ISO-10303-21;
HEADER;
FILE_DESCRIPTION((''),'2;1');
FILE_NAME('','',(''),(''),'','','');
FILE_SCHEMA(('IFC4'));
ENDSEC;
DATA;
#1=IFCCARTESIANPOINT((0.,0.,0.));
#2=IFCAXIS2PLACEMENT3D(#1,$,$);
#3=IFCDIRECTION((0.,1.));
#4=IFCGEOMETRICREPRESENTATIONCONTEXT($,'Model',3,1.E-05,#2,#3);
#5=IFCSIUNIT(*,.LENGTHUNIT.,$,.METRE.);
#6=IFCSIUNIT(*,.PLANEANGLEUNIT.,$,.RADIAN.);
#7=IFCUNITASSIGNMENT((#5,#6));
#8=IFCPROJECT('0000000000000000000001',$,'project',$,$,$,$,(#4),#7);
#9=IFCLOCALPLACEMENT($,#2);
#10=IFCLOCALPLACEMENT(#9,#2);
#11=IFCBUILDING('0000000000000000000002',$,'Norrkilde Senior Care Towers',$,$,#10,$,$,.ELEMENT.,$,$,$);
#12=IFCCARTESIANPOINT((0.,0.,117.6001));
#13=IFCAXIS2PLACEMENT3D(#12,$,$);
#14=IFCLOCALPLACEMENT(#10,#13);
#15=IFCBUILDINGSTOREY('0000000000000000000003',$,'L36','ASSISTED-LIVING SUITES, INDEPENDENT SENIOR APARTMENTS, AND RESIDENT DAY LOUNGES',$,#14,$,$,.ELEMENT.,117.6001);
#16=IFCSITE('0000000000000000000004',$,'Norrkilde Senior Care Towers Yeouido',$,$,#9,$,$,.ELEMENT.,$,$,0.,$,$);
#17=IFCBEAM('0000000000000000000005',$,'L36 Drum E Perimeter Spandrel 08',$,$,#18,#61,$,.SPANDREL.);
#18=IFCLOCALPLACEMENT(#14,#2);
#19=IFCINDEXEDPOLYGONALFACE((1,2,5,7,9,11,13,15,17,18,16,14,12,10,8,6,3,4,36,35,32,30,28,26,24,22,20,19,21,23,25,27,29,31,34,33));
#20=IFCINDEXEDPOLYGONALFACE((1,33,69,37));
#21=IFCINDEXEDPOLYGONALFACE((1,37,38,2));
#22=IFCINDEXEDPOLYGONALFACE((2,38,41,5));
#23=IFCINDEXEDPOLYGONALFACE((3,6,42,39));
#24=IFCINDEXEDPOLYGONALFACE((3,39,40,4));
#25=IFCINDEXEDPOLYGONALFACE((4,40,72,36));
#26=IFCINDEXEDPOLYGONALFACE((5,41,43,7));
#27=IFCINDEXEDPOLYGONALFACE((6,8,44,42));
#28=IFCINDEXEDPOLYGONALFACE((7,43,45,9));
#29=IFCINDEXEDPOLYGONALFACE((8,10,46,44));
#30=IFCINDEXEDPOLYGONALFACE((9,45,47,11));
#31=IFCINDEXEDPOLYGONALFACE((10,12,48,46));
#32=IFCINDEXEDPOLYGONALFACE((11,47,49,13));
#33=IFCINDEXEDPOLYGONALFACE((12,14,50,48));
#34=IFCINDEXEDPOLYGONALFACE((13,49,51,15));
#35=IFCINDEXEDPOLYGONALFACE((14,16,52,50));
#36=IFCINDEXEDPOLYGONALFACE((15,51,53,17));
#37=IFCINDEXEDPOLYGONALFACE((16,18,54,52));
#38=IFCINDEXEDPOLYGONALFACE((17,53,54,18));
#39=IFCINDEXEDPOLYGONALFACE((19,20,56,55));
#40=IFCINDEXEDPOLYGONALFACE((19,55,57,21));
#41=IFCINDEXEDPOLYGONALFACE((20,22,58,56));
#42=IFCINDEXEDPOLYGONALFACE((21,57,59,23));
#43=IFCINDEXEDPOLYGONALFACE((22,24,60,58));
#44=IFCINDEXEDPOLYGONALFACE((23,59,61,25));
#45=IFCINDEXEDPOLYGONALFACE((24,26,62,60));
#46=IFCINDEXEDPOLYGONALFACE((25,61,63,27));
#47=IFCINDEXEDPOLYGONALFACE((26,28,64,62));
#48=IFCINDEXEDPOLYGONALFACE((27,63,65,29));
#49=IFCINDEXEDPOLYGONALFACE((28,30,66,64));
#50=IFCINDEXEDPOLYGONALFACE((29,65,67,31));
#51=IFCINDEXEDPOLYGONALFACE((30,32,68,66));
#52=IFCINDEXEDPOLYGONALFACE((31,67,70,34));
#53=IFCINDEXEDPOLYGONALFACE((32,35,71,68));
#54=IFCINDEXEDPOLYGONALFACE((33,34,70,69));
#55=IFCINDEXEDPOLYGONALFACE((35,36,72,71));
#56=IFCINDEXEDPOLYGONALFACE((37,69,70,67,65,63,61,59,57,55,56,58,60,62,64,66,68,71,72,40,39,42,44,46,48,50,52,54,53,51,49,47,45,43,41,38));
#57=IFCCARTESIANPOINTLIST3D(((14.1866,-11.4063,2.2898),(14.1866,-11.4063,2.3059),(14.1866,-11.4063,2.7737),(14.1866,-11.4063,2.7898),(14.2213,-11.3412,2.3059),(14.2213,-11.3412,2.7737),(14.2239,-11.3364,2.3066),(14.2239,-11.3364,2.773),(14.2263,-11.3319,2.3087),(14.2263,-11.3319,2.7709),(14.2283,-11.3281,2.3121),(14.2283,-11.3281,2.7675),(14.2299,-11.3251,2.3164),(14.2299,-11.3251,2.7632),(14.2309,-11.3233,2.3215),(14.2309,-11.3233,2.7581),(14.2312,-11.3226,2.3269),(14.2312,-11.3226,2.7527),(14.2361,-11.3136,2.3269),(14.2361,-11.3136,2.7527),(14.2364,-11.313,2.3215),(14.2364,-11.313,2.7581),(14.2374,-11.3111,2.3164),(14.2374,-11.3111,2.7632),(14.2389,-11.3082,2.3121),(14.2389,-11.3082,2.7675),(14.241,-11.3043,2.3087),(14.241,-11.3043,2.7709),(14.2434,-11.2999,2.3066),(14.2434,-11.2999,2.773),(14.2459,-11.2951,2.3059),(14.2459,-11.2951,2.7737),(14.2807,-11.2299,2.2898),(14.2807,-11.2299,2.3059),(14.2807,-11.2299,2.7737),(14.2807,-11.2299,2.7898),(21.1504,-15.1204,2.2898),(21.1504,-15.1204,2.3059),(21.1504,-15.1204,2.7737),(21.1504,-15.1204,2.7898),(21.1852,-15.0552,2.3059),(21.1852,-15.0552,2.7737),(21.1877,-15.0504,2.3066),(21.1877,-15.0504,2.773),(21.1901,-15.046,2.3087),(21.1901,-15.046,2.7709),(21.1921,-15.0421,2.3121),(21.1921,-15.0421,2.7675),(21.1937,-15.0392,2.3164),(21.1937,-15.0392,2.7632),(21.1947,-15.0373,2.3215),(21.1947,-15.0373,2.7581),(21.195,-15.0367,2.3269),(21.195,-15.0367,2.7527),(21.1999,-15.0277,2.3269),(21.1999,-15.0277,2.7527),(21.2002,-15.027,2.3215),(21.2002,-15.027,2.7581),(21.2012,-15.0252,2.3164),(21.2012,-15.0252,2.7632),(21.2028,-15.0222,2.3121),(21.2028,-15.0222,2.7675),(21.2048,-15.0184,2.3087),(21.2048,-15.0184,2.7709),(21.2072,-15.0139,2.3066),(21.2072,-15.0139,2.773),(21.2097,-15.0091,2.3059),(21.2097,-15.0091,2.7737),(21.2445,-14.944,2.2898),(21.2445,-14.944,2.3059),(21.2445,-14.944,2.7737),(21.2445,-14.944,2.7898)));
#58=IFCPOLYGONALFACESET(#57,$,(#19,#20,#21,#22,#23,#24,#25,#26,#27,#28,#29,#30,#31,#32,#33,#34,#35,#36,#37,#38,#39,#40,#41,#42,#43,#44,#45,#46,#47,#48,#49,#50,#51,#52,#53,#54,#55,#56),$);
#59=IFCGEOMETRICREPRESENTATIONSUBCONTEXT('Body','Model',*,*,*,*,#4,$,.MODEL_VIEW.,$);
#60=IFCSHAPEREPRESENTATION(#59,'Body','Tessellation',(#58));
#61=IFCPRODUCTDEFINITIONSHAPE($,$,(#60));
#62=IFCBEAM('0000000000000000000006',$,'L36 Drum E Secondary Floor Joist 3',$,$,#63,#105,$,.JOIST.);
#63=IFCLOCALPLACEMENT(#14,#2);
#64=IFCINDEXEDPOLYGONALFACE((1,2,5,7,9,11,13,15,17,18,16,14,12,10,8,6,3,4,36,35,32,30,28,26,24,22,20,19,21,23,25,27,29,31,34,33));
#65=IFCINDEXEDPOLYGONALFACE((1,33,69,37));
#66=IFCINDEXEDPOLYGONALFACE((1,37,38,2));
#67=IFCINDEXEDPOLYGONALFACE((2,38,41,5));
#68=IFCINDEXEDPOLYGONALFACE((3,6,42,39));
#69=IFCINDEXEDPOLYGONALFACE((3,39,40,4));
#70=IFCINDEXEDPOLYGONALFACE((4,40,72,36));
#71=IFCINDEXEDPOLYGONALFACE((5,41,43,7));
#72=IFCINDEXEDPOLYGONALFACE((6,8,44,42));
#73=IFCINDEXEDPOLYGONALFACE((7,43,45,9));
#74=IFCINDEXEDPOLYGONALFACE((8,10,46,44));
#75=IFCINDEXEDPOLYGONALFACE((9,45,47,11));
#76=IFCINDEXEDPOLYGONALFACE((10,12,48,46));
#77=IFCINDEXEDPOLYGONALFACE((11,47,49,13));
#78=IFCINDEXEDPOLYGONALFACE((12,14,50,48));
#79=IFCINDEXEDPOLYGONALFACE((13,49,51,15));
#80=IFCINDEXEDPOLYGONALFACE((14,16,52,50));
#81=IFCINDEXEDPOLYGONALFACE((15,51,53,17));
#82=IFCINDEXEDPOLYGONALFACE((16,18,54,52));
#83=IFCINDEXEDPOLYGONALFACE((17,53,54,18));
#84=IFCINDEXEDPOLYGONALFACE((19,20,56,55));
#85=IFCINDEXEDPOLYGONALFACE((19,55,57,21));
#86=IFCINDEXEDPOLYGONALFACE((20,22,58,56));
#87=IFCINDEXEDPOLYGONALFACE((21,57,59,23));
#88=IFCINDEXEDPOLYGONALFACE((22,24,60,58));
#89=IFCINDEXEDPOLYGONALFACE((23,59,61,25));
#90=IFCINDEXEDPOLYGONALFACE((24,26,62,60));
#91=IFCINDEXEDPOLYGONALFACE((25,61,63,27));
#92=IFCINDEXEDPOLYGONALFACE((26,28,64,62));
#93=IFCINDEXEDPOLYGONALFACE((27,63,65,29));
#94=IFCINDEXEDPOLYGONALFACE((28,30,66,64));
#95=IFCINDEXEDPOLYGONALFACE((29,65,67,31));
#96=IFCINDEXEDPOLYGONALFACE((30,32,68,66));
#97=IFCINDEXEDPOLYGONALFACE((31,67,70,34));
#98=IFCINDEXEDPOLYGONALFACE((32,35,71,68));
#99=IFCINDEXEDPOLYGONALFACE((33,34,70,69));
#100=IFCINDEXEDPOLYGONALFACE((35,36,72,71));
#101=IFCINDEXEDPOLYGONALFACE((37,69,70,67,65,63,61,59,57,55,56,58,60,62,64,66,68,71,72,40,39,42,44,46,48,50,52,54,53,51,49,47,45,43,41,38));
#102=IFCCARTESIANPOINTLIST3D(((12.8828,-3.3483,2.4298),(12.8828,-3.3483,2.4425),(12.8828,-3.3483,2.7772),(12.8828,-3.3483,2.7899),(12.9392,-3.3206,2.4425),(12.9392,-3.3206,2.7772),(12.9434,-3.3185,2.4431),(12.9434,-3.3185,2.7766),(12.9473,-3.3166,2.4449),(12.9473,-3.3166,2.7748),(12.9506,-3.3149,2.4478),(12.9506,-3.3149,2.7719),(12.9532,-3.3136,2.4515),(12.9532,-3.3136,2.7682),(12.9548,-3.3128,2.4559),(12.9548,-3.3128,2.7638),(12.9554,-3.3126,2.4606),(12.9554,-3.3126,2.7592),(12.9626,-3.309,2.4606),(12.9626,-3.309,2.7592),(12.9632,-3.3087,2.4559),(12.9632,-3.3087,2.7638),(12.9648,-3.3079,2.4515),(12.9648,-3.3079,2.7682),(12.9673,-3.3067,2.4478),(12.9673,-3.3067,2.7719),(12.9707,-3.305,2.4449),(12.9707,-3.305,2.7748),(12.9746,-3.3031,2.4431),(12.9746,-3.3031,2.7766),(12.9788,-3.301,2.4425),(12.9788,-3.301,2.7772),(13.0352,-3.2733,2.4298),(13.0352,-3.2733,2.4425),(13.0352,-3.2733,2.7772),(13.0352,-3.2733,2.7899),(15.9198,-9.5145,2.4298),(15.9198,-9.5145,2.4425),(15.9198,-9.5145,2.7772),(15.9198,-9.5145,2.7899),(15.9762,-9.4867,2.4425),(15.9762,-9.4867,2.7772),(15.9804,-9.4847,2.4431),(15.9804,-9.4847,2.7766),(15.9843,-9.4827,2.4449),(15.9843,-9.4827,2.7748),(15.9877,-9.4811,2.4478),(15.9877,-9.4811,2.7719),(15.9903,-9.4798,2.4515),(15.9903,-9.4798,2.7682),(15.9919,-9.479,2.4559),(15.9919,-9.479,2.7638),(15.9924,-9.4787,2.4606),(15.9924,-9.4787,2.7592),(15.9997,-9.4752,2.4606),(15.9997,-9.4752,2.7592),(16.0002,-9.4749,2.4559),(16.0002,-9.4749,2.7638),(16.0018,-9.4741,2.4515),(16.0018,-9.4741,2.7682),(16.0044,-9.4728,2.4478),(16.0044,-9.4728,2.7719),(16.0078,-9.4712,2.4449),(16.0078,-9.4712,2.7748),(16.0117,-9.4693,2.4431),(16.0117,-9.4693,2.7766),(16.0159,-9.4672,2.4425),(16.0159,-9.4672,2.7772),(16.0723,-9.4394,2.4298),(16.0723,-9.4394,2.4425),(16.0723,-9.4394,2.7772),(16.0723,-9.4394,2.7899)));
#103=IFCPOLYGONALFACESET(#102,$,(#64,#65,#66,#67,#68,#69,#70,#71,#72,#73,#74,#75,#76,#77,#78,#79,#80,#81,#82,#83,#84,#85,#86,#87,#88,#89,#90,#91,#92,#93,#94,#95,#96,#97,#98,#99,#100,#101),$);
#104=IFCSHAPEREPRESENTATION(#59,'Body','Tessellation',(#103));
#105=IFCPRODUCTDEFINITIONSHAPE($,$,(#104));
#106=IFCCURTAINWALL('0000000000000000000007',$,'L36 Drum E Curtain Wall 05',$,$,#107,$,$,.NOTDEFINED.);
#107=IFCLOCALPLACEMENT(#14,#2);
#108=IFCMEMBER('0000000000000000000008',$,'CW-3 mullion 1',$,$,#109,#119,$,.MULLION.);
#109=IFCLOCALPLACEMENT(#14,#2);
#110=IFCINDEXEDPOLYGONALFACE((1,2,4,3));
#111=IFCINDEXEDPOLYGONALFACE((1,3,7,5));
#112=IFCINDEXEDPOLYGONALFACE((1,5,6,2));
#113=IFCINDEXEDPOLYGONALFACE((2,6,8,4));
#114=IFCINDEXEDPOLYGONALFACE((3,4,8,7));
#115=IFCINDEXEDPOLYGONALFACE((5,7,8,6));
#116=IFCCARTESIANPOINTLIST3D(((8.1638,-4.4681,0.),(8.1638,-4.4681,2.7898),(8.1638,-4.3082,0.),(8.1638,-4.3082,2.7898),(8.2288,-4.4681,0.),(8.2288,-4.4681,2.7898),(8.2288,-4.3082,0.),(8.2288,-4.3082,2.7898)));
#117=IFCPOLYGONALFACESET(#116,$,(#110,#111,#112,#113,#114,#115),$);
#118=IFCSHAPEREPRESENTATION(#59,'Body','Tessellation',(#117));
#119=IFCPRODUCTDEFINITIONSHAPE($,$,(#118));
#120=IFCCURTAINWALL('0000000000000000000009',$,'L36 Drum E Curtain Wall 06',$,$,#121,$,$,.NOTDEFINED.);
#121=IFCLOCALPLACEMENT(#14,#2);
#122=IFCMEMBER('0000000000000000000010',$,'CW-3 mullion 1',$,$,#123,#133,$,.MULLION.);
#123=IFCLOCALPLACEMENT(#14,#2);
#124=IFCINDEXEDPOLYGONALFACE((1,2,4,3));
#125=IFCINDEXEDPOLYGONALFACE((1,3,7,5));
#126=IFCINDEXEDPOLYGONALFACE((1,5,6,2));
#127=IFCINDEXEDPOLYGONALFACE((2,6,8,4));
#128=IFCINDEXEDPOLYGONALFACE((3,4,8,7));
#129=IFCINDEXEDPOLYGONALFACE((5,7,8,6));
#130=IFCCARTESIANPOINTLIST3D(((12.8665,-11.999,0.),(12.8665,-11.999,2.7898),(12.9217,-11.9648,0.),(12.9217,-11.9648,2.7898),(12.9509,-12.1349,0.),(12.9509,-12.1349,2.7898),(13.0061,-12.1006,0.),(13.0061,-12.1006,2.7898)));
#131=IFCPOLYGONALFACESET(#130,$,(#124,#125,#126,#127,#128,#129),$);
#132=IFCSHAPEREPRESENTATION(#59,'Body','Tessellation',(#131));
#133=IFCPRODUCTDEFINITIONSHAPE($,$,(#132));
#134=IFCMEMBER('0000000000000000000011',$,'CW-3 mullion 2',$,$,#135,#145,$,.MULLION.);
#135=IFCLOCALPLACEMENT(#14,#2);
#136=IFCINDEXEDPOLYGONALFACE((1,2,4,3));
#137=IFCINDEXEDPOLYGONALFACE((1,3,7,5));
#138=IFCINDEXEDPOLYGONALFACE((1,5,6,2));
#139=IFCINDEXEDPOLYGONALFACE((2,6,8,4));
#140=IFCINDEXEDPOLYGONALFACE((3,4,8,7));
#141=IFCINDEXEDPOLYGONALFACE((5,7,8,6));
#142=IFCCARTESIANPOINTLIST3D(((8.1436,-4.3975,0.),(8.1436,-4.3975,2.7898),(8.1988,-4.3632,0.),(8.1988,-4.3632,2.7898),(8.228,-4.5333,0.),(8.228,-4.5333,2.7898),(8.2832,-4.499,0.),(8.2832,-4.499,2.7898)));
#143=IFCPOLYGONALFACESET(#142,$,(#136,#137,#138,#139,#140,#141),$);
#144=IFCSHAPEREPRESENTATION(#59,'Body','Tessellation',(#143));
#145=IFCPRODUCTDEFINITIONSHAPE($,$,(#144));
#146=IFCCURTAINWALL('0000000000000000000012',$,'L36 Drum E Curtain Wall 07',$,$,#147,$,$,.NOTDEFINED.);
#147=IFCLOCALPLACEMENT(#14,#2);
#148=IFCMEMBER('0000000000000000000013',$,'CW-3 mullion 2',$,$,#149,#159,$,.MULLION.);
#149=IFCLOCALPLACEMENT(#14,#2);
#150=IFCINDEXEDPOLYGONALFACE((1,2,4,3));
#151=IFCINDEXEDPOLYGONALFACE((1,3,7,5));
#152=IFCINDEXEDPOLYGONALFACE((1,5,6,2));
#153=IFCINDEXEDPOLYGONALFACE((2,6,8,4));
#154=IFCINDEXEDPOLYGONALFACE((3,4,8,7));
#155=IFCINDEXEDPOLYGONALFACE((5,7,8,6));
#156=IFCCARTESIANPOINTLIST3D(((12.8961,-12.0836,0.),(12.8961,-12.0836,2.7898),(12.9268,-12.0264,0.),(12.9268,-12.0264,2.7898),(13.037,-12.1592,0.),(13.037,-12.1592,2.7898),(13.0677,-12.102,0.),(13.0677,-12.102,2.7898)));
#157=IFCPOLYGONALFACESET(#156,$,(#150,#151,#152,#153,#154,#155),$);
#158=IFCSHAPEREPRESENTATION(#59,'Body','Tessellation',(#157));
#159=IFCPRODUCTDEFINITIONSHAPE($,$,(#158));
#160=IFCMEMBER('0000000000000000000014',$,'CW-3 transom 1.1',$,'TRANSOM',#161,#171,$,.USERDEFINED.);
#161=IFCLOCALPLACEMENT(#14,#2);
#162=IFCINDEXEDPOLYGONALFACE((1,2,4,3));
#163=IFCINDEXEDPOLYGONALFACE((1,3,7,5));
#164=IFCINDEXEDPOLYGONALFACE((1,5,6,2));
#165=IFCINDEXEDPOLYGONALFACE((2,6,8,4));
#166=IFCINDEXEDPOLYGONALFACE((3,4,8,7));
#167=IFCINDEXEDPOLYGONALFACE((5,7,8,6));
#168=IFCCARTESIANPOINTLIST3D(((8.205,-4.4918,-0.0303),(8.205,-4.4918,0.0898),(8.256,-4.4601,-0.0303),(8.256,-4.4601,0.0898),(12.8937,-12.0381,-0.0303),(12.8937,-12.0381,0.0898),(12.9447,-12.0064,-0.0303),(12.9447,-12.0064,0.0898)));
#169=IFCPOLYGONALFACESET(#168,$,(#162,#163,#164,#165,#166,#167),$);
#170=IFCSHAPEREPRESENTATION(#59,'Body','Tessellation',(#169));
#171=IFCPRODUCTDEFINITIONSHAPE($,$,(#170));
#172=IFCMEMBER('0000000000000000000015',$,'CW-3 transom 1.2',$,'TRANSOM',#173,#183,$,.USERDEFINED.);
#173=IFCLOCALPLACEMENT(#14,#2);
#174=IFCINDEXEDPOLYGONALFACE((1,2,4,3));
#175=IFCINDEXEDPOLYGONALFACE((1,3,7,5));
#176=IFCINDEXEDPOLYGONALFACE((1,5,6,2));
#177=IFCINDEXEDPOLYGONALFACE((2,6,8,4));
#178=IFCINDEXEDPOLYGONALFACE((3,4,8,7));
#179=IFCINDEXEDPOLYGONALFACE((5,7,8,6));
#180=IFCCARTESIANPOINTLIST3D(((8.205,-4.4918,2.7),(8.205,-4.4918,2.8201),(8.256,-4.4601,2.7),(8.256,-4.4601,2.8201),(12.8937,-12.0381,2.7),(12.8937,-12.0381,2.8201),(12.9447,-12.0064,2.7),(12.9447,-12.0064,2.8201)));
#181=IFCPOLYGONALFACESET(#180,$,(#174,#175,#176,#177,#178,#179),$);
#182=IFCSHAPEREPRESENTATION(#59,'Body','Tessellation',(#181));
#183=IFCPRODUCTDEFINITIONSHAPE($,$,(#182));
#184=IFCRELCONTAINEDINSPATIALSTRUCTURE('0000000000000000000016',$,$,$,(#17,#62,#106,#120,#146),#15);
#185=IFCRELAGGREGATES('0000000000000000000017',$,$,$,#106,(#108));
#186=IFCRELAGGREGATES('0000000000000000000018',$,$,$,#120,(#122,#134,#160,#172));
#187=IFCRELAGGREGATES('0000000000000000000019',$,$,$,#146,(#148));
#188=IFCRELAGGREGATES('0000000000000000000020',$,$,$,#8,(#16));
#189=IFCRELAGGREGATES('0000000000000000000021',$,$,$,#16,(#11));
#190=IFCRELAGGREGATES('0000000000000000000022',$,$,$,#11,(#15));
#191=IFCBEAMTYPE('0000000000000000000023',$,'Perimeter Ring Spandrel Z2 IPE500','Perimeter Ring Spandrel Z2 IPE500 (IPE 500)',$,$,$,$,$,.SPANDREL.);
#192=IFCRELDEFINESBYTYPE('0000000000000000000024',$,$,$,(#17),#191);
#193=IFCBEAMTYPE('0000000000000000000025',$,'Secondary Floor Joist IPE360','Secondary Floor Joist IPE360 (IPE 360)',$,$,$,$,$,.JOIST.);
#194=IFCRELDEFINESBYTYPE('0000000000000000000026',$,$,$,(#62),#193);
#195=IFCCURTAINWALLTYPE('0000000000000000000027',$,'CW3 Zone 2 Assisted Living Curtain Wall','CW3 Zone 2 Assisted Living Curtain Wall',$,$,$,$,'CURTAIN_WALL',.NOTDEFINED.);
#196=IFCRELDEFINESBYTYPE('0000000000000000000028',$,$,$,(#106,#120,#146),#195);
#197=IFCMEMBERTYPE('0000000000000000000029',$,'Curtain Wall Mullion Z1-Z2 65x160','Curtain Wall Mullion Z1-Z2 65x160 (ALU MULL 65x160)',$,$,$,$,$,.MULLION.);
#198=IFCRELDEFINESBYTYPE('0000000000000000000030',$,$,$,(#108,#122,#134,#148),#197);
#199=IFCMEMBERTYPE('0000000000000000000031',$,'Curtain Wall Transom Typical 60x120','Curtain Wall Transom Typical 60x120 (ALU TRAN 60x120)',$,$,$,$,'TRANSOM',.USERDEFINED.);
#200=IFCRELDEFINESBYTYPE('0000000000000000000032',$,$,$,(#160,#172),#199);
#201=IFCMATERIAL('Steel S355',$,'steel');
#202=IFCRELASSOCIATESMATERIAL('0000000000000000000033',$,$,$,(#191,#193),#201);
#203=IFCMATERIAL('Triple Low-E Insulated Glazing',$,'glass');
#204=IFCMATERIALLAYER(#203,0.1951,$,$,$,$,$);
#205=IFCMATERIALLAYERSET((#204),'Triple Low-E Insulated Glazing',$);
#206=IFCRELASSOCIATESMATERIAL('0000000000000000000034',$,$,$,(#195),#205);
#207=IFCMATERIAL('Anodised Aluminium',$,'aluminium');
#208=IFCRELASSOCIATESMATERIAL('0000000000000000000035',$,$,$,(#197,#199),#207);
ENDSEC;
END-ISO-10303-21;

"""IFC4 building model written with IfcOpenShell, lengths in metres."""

from ifc_helpers import new_model, si_unit, direction, frame, origin, origin_2d, place, context, subcontext, project, spatial, rectangle, i_section, extrude, source, transform, mapped, material, layer, layer_set, material_profile, profile_set, type_object, type_shapes, element, aggregate, save


model = new_model("IFC4")

# Units and contexts
model_context = context("Model", 3, precision=1e-05, world=origin(), true_north=direction((0.0, 1.0)))
body_context = subcontext(model_context, "Body", "Model", "MODEL_VIEW")
ifc_project = project(units=[si_unit("LENGTHUNIT", "METRE"), si_unit("PLANEANGLEUNIT", "RADIAN")], contexts=[model_context])

# Site, building, storey
site_placement = place(None, origin())
site = spatial("IfcSite", under=ifc_project, at=site_placement, Name="Norrkilde Senior Care Towers Yeouido", CompositionType="ELEMENT", RefElevation=0.0)
building_placement = place(site_placement, origin())
building = spatial("IfcBuilding", under=site, at=building_placement, Name="Norrkilde Senior Care Towers", CompositionType="ELEMENT")
storey_placement = place(building_placement, frame((0.0, 0.0, 117.6001)))
storey = spatial("IfcBuildingStorey", under=building, at=storey_placement, Name="L36", Description="ASSISTED-LIVING SUITES, INDEPENDENT SENIOR APARTMENTS, AND RESIDENT DAY LOUNGES", CompositionType="ELEMENT", Elevation=117.6001)

# Beams
ifc_material_1 = material(Name="Steel S355", Category="steel")
ifc_material_profile_1 = material_profile(ifc_material_1, i_section(OverallWidth=0.2, OverallDepth=0.5, WebThickness=0.0103, FlangeThickness=0.0161, FilletRadius=0.021, at=origin_2d()), Name="IPE 500")
ifc_profile_set_1 = profile_set([ifc_material_profile_1], Name="Steel S355")
beam_type_1 = type_object("IfcBeamType", Name="Perimeter Ring Spandrel Z2 IPE500", Description="Perimeter Ring Spandrel Z2 IPE500 (IPE 500)", PredefinedType="SPANDREL", material=ifc_profile_set_1)
shared_shape_1 = source(origin(), body_context, "Body", "SweptSolid", [
    extrude(i_section(OverallWidth=0.2, OverallDepth=0.5, WebThickness=0.0103, FlangeThickness=0.0161, FilletRadius=0.021, at=origin_2d()), origin(), (0.0, 0.0, 1.0), 7.8923),
])
beam_1_placement = place(storey_placement, frame((14.2336, -11.3181, 2.5398), z_axis=(0.88235, -0.470593, 0.0), x_axis=(0.470593, 0.88235, 0.0)))
element("IfcBeam", 1, at=beam_1_placement, inside=storey, type_object=beam_type_1, Name="L36 Drum E Perimeter Spandrel 08", PredefinedType="SPANDREL", context=body_context, shape_type="MappedRepresentation", body=[
    mapped(shared_shape_1, transform((0.0, 0.0, 0.0), x_axis=(1.0, 0.0, 0.0), y_axis=(0.0, 1.0, 0.0), z_axis=(0.0, 0.0, 1.0), scale=1.0)),
])
ifc_material_profile_2 = material_profile(ifc_material_1, i_section(OverallWidth=0.1699, OverallDepth=0.3601, WebThickness=0.0081, FlangeThickness=0.0127, FilletRadius=0.0181, at=origin_2d()), Name="IPE 360")
ifc_profile_set_2 = profile_set([ifc_material_profile_2], Name="Steel S355")
beam_type_2 = type_object("IfcBeamType", Name="Secondary Floor Joist IPE360", Description="Secondary Floor Joist IPE360 (IPE 360)", PredefinedType="JOIST", material=ifc_profile_set_2)
shared_shape_2 = source(origin(), body_context, "Body", "SweptSolid", [
    extrude(i_section(OverallWidth=0.1699, OverallDepth=0.3601, WebThickness=0.0081, FlangeThickness=0.0127, FilletRadius=0.0181, at=origin_2d()), origin(), (0.0, 0.0, 1.0), 6.8735),
])
type_shapes(beam_type_2, [shared_shape_2])
beam_2_placement = place(storey_placement, frame((12.959, -3.3108, 2.6099), z_axis=(0.441849, -0.897089, 0.0), x_axis=(0.897089, 0.441849, 0.0)))
element("IfcBeam", 2, at=beam_2_placement, inside=storey, type_object=beam_type_2, Name="L36 Drum E Secondary Floor Joist 3", PredefinedType="JOIST", context=body_context, shape_type="MappedRepresentation", body=[
    mapped(shared_shape_2, transform((0.0, 0.0, 0.0), x_axis=(1.0, 0.0, 0.0), y_axis=(0.0, 1.0, 0.0), z_axis=(0.0, 0.0, 1.0), scale=1.0)),
])

# Curtain wall, member
ifc_material_2 = material(Name="Triple Low-E Insulated Glazing", Category="glass")
ifc_layer_1 = layer(ifc_material_2, 0.1951)
ifc_layer_set_1 = layer_set([ifc_layer_1], Name="Triple Low-E Insulated Glazing")
curtain_wall_type = type_object("IfcCurtainWallType", Name="CW3 Zone 2 Assisted Living Curtain Wall", Description="CW3 Zone 2 Assisted Living Curtain Wall", ElementType="CURTAIN_WALL", PredefinedType="NOTDEFINED", material=ifc_layer_set_1)
curtain_wall_1_placement = place(storey_placement, origin())
curtain_wall_1 = element("IfcCurtainWall", 3, at=curtain_wall_1_placement, inside=storey, type_object=curtain_wall_type, Name="L36 Drum E Curtain Wall 05", PredefinedType="NOTDEFINED")
ifc_material_3 = material(Name="Anodised Aluminium", Category="aluminium")
ifc_material_profile_3 = material_profile(ifc_material_3, rectangle(XDim=0.0649, YDim=0.1599, at=origin_2d()), Name="ALU MULL 65x160")
ifc_profile_set_3 = profile_set([ifc_material_profile_3], Name="Anodised Aluminium")
member_type_1 = type_object("IfcMemberType", Name="Curtain Wall Mullion Z1-Z2 65x160", Description="Curtain Wall Mullion Z1-Z2 65x160 (ALU MULL 65x160)", PredefinedType="MULLION", material=ifc_profile_set_3)
shared_shape_3 = source(origin(), body_context, "Body", "SweptSolid", [
    extrude(rectangle(XDim=0.0649, YDim=0.1599, at=origin_2d()), origin(), (0.0, 0.0, 1.0), 2.7898),
])
type_shapes(member_type_1, [shared_shape_3])
member_1_placement = place(storey_placement, frame((8.1963, -4.3882, 0.0), z_axis=(0.0, 0.0, 1.0), x_axis=(-1.0, 0.0, 0.0)))
member_1 = element("IfcMember", 4, at=member_1_placement, type_object=member_type_1, Name="CW-3 mullion 1", PredefinedType="MULLION", context=body_context, shape_type="MappedRepresentation", body=[
    mapped(shared_shape_3, transform((0.0, 0.0, 0.0), x_axis=(1.0, 0.0, 0.0), y_axis=(0.0, 1.0, 0.0), z_axis=(0.0, 0.0, 1.0), scale=1.0)),
])

# Curtain wall, members
curtain_wall_2_placement = place(storey_placement, origin())
curtain_wall_2 = element("IfcCurtainWall", 5, at=curtain_wall_2_placement, inside=storey, type_object=curtain_wall_type, Name="L36 Drum E Curtain Wall 06", PredefinedType="NOTDEFINED")
member_2_placement = place(storey_placement, frame((12.9363, -12.0498, 0.0), z_axis=(0.0, 0.0, 1.0), x_axis=(-0.84941, -0.527733, 0.0)))
member_2 = element("IfcMember", 6, at=member_2_placement, type_object=member_type_1, Name="CW-3 mullion 1", PredefinedType="MULLION", context=body_context, shape_type="MappedRepresentation", body=[
    mapped(shared_shape_3, transform((0.0, 0.0, 0.0), x_axis=(1.0, 0.0, 0.0), y_axis=(0.0, 1.0, 0.0), z_axis=(0.0, 0.0, 1.0), scale=1.0)),
])
member_3_placement = place(storey_placement, frame((8.2134, -4.4482, 0.0), z_axis=(0.0, 0.0, 1.0), x_axis=(-0.84941, -0.527733, 0.0)))
member_3 = element("IfcMember", 7, at=member_3_placement, type_object=member_type_1, Name="CW-3 mullion 2", PredefinedType="MULLION", context=body_context, shape_type="MappedRepresentation", body=[
    mapped(shared_shape_3, transform((0.0, 0.0, 0.0), x_axis=(1.0, 0.0, 0.0), y_axis=(0.0, 1.0, 0.0), z_axis=(0.0, 0.0, 1.0), scale=1.0)),
])

# Curtain wall, member
curtain_wall_3_placement = place(storey_placement, origin())
curtain_wall_3 = element("IfcCurtainWall", 8, at=curtain_wall_3_placement, inside=storey, type_object=curtain_wall_type, Name="L36 Drum E Curtain Wall 07", PredefinedType="NOTDEFINED")
member_4_placement = place(storey_placement, frame((12.9819, -12.0928, 0.0), z_axis=(0.0, 0.0, 1.0), x_axis=(-0.472769, -0.881186, 0.0)))
member_4 = element("IfcMember", 9, at=member_4_placement, type_object=member_type_1, Name="CW-3 mullion 2", PredefinedType="MULLION", context=body_context, shape_type="MappedRepresentation", body=[
    mapped(shared_shape_3, transform((0.0, 0.0, 0.0), x_axis=(1.0, 0.0, 0.0), y_axis=(0.0, 1.0, 0.0), z_axis=(0.0, 0.0, 1.0), scale=1.0)),
])

# Members
ifc_material_profile_4 = material_profile(ifc_material_3, rectangle(XDim=0.0601, YDim=0.1201, at=origin_2d()), Name="ALU TRAN 60x120")
ifc_profile_set_4 = profile_set([ifc_material_profile_4], Name="Anodised Aluminium")
member_type_2 = type_object("IfcMemberType", Name="Curtain Wall Transom Typical 60x120", Description="Curtain Wall Transom Typical 60x120 (ALU TRAN 60x120)", ElementType="TRANSOM", PredefinedType="USERDEFINED", material=ifc_profile_set_4)
shared_shape_4 = source(origin(), body_context, "Body", "SweptSolid", [
    extrude(rectangle(XDim=0.0601, YDim=0.1201, at=origin_2d()), origin(), (0.0, 0.0, 1.0), 8.8843),
])
member_5_placement = place(storey_placement, frame((12.9192, -12.0222, 0.0298), z_axis=(-0.527749, 0.8494, 0.0), x_axis=(-0.8494, -0.527749, 0.0)))
member_5 = element("IfcMember", 10, at=member_5_placement, type_object=member_type_2, Name="CW-3 transom 1.1", ObjectType="TRANSOM", PredefinedType="USERDEFINED", context=body_context, shape_type="MappedRepresentation", body=[
    mapped(shared_shape_4, transform((0.0, 0.0, 0.0), x_axis=(1.0, 0.0, 0.0), y_axis=(0.0, 1.0, 0.0), z_axis=(0.0, 0.0, 1.0), scale=1.0)),
])
member_6_placement = place(storey_placement, frame((12.9192, -12.0222, 2.76), z_axis=(-0.527749, 0.8494, 0.0), x_axis=(-0.8494, -0.527749, 0.0)))
member_6 = element("IfcMember", 11, at=member_6_placement, type_object=member_type_2, Name="CW-3 transom 1.2", ObjectType="TRANSOM", PredefinedType="USERDEFINED", context=body_context, shape_type="MappedRepresentation", body=[
    mapped(shared_shape_4, transform((0.0, 0.0, 0.0), x_axis=(1.0, 0.0, 0.0), y_axis=(0.0, 1.0, 0.0), z_axis=(0.0, 0.0, 1.0), scale=1.0)),
])
aggregate(curtain_wall_1, [member_1])

aggregate(curtain_wall_2, [member_2, member_3, member_5, member_6])
aggregate(curtain_wall_3, [member_4])

save(model, "model.ifc")
